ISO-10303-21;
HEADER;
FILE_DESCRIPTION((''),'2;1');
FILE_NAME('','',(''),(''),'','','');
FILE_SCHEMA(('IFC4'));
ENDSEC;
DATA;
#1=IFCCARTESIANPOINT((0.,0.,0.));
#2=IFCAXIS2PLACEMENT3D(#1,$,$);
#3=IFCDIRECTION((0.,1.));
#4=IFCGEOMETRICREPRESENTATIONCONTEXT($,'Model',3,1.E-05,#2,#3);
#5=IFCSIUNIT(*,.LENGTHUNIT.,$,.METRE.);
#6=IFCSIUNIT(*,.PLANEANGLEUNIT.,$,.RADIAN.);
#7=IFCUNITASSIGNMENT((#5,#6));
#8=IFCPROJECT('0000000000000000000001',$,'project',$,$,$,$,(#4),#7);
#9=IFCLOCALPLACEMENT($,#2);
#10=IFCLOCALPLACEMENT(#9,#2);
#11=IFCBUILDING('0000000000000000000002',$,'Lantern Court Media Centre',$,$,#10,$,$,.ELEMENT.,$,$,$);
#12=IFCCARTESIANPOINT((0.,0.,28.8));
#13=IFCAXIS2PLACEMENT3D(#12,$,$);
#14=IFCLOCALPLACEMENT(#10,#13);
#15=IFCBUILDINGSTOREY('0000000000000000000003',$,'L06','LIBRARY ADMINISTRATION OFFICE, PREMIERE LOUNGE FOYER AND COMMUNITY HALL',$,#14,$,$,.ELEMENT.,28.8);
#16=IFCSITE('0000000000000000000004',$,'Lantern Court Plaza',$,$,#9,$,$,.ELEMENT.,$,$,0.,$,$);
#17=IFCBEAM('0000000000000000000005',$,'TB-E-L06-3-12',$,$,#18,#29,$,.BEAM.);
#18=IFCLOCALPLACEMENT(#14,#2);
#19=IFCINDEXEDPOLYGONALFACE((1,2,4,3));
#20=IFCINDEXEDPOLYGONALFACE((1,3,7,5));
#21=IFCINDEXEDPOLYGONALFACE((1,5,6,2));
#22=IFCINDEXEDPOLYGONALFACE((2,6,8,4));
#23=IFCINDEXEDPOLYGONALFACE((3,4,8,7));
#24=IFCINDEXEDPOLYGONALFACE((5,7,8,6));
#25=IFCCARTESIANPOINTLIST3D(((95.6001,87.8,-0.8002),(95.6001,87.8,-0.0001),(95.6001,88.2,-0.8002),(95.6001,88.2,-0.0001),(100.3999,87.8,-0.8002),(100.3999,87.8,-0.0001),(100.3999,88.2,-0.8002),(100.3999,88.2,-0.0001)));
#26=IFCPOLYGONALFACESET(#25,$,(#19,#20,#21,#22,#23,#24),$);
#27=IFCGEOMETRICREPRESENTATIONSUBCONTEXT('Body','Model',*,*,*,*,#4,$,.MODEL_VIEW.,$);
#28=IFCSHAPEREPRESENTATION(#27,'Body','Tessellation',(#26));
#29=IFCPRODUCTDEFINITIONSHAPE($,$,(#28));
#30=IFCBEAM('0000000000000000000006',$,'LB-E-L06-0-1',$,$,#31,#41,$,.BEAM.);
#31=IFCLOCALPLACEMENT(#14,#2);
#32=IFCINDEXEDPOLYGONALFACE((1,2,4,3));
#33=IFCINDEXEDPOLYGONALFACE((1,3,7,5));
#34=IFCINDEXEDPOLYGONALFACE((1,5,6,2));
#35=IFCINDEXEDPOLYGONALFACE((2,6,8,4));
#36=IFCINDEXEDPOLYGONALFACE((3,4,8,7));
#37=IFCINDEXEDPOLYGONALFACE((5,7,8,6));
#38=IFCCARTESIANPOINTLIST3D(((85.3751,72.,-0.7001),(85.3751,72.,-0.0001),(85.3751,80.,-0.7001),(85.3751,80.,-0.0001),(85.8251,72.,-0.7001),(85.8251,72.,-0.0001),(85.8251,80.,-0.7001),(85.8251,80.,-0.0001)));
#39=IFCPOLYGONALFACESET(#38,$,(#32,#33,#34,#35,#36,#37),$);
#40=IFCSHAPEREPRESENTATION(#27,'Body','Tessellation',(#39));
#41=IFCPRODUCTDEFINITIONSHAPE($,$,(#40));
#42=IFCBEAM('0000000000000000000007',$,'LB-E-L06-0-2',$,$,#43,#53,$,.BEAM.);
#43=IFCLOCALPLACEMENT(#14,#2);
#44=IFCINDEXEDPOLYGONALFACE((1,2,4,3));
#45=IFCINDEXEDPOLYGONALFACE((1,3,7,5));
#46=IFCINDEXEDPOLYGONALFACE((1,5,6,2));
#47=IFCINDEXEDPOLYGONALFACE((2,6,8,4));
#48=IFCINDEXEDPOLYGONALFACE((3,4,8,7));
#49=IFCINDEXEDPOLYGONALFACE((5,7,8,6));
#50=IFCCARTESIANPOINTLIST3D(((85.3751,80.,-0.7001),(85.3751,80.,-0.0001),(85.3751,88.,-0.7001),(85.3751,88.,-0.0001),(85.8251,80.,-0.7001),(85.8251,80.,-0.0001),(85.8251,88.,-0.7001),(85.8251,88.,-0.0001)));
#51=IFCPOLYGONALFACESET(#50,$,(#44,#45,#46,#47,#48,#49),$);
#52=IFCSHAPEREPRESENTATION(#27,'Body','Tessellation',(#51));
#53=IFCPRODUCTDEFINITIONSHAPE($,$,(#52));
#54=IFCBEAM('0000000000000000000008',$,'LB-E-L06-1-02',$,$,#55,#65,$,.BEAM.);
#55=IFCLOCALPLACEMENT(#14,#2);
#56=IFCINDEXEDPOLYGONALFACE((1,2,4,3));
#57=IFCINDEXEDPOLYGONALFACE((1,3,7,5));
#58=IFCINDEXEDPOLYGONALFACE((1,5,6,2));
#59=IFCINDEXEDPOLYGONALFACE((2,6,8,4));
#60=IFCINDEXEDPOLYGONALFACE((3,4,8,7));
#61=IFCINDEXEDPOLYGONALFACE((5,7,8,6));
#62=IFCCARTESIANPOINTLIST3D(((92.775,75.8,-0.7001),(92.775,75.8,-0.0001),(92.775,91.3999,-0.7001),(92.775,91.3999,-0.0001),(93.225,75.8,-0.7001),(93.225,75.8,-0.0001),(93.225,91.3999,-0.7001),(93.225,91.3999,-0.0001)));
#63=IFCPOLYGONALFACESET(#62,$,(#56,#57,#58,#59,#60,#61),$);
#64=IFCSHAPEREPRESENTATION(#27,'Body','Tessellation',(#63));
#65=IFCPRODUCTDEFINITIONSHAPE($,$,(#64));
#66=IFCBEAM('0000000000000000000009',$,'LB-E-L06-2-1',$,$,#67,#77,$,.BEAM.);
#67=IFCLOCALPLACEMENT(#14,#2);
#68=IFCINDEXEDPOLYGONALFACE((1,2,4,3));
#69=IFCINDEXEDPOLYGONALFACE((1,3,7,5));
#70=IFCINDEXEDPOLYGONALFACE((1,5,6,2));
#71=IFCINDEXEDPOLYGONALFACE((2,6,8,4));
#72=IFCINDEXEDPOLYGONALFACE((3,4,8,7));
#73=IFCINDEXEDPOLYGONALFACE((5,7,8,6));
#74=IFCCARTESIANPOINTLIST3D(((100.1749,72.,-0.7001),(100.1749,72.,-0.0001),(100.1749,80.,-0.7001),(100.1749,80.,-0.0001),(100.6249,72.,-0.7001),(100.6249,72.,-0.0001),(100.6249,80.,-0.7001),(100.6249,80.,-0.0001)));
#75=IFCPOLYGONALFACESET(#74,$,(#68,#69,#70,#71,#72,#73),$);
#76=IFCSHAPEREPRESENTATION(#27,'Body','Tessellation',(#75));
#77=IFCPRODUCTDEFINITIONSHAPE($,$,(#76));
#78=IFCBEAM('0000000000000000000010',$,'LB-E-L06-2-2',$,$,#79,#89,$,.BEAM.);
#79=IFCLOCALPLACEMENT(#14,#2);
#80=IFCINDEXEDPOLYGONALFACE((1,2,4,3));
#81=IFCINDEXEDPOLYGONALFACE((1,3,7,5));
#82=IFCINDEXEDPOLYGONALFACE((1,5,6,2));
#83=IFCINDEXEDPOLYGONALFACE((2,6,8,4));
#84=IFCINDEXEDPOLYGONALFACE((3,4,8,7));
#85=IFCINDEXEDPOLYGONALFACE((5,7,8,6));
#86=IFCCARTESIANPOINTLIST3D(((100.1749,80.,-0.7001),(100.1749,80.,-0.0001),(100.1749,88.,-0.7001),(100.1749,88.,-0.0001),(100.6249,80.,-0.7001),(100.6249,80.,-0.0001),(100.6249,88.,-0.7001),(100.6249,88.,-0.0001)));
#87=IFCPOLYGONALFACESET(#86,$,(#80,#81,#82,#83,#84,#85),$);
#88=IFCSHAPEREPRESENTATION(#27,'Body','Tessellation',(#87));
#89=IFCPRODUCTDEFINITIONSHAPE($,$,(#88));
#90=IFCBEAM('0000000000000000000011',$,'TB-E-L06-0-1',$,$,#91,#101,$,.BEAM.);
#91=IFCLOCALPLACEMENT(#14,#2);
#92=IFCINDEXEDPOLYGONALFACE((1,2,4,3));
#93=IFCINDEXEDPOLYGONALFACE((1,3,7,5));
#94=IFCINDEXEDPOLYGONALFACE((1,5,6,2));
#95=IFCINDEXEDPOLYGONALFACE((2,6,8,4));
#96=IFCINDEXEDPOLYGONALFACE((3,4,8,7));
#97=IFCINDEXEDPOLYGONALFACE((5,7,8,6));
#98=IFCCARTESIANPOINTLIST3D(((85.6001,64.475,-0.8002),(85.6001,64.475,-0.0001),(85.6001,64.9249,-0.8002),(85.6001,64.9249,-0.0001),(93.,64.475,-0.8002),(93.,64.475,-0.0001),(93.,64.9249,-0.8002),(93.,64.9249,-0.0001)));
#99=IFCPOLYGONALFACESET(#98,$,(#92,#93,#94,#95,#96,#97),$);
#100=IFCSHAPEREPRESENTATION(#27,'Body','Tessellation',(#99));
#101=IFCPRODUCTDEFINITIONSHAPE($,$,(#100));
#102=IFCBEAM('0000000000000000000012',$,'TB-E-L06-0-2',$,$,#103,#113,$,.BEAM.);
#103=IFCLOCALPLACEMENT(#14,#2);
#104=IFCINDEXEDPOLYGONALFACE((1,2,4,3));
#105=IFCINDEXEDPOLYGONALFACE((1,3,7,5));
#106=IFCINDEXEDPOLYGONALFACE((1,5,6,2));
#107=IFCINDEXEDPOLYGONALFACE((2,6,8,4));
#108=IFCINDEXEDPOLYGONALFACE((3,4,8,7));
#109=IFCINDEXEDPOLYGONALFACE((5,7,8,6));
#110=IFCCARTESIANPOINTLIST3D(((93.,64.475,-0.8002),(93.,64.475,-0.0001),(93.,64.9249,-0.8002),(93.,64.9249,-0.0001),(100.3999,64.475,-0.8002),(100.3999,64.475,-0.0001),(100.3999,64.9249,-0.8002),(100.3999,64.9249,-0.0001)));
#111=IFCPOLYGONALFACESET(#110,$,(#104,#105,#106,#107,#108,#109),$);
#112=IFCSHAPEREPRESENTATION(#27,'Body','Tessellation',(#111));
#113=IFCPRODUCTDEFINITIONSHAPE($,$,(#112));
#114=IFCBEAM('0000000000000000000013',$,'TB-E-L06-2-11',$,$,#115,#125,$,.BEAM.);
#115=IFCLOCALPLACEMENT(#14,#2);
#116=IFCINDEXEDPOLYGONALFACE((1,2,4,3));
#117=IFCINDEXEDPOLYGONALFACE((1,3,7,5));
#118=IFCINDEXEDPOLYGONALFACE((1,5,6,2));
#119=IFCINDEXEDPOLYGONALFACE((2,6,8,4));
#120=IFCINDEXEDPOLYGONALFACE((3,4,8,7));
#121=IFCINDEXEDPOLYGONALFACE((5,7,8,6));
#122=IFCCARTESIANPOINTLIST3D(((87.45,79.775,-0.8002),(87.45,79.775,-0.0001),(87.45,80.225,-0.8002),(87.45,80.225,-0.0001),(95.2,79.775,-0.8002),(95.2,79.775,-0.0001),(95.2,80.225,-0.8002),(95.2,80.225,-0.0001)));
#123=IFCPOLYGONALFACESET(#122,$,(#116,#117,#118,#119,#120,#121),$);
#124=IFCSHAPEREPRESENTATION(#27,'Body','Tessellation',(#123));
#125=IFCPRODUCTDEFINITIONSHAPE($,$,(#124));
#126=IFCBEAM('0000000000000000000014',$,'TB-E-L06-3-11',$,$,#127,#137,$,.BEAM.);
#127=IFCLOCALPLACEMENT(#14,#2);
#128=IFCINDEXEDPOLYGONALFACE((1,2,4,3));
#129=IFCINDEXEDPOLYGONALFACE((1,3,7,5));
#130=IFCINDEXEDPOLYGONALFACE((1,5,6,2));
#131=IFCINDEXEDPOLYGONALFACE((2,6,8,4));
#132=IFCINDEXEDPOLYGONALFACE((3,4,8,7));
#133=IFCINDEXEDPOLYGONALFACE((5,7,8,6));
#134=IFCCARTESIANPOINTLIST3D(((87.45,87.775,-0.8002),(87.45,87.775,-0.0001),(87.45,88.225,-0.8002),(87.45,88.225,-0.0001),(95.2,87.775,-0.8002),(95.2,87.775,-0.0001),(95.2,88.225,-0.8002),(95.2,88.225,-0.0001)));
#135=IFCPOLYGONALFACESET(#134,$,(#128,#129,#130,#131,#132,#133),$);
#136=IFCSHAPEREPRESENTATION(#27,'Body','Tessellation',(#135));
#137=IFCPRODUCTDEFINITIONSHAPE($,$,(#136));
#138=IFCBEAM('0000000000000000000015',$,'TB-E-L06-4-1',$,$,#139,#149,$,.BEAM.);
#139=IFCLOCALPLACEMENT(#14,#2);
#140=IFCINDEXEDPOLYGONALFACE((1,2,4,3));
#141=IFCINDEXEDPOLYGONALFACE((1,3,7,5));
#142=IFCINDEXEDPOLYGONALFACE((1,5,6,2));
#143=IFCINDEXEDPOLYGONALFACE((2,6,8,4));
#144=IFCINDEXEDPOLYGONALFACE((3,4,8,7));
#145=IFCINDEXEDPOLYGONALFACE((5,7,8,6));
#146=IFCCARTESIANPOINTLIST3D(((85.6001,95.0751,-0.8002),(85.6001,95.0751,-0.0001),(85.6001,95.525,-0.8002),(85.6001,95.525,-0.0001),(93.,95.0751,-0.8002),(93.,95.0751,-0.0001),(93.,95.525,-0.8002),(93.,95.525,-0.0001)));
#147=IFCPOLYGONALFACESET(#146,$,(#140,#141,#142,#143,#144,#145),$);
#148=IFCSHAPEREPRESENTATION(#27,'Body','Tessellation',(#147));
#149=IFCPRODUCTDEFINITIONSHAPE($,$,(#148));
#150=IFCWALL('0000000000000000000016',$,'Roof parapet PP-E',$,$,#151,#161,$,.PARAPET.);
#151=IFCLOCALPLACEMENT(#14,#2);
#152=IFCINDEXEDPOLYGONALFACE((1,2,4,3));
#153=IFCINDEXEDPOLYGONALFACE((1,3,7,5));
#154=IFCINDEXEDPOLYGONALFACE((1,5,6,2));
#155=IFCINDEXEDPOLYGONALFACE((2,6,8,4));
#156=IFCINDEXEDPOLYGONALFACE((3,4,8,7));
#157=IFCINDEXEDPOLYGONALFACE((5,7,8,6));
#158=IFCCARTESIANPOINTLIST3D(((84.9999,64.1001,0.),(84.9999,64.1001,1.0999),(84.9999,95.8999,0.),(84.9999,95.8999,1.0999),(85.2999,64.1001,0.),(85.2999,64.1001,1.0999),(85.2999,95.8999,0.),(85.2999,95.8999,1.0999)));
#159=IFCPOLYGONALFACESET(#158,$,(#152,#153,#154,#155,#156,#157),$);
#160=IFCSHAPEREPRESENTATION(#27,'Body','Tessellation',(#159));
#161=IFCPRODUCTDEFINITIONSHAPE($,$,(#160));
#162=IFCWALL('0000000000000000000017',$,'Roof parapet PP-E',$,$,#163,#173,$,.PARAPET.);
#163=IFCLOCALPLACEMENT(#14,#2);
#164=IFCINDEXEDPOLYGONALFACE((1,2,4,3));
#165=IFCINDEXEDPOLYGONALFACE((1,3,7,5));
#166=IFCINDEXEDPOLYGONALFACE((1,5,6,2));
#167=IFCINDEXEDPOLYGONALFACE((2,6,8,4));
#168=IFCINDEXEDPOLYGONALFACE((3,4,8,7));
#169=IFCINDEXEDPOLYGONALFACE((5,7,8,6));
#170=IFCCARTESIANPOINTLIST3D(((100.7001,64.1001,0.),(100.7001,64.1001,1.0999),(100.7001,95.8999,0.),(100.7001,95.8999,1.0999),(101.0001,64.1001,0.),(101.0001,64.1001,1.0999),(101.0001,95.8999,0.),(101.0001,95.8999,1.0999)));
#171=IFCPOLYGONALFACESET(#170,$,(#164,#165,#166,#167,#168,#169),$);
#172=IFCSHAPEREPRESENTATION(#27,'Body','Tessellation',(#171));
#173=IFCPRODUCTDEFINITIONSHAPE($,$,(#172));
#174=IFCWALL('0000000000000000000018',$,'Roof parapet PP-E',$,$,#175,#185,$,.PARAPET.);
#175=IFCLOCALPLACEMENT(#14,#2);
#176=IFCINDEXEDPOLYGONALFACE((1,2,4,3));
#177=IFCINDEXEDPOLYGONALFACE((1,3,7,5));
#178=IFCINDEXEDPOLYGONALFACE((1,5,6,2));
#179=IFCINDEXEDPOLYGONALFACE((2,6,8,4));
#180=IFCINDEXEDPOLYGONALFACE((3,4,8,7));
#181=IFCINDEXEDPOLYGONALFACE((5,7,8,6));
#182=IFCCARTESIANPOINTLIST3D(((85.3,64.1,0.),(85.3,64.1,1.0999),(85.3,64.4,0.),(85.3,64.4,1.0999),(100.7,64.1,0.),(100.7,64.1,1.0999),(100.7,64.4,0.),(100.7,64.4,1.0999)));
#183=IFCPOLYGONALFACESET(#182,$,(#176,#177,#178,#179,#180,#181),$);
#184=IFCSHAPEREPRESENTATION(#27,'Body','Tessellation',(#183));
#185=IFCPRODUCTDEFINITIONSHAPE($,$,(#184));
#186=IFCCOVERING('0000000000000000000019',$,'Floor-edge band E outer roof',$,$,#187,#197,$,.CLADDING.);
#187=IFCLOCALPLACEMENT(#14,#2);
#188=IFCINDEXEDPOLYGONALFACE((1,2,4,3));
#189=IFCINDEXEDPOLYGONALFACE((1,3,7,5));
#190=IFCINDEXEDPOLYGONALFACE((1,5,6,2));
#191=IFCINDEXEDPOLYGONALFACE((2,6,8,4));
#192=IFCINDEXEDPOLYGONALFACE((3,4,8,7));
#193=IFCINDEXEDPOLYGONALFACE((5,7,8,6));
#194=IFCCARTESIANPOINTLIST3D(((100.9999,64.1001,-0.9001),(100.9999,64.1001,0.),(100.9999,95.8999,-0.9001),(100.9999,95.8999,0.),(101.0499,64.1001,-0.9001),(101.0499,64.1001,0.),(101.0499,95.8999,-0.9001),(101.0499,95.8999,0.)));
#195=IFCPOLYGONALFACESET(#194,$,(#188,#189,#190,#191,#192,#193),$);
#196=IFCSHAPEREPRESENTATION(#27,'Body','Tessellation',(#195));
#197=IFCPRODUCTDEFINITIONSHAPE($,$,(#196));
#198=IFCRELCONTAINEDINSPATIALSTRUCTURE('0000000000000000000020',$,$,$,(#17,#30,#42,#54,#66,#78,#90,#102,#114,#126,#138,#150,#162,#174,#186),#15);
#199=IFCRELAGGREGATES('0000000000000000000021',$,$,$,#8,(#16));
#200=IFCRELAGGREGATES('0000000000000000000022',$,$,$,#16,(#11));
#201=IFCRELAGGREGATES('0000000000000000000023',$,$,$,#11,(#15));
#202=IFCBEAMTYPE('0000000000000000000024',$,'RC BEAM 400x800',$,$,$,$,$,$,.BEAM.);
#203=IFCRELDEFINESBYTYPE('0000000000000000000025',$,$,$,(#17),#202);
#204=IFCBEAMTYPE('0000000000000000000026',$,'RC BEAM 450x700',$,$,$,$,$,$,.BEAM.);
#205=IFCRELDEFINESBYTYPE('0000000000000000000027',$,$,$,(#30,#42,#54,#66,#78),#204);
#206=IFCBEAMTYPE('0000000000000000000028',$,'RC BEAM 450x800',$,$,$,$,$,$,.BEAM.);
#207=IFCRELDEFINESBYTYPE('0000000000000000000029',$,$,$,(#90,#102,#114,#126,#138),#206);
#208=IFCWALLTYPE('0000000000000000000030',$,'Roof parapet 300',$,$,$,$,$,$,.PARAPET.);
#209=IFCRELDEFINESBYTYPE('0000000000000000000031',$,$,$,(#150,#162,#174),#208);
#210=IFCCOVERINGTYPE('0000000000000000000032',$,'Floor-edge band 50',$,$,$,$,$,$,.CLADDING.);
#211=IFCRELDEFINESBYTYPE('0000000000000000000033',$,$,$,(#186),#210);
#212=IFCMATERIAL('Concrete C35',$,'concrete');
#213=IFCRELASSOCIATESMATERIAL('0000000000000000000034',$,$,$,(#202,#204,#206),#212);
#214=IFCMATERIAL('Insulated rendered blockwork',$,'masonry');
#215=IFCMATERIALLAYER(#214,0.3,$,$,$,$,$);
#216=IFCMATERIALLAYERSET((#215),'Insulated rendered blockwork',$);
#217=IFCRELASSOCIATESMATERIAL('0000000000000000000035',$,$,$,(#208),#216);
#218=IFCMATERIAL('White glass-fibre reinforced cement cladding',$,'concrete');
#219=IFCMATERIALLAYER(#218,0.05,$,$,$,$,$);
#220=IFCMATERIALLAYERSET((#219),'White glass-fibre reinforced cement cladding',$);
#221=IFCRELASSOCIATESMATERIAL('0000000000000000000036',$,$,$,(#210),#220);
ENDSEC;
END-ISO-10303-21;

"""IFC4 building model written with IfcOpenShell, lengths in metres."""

from ifc_helpers import new_model, si_unit, direction, frame, frame_2d, origin, origin_2d, place, context, subcontext, project, spatial, rectangle, extrude, material, layer, layer_set, material_profile, profile_set, type_object, element, save


model = new_model("IFC4")

# Units and contexts
model_context = context("Model", 3, precision=1e-05, world=origin(), true_north=direction((0.0, 1.0)))
body_context = subcontext(model_context, "Body", "Model", "MODEL_VIEW")
ifc_project = project(units=[si_unit("LENGTHUNIT", "METRE"), si_unit("PLANEANGLEUNIT", "RADIAN")], contexts=[model_context])

# Site, building, storey
site_placement = place(None, origin())
site = spatial("IfcSite", under=ifc_project, at=site_placement, Name="Lantern Court Plaza", CompositionType="ELEMENT", RefElevation=0.0)
building_placement = place(site_placement, origin())
building = spatial("IfcBuilding", under=site, at=building_placement, Name="Lantern Court Media Centre", CompositionType="ELEMENT")
storey_placement = place(building_placement, frame((0.0, 0.0, 28.8)))
storey = spatial("IfcBuildingStorey", under=building, at=storey_placement, Name="L06", Description="LIBRARY ADMINISTRATION OFFICE, PREMIERE LOUNGE FOYER AND COMMUNITY HALL", CompositionType="ELEMENT", Elevation=28.8)

# Beams
ifc_material_1 = material(Name="Concrete C35", Category="concrete")
ifc_material_profile_1 = material_profile(ifc_material_1, rectangle(XDim=0.3999, YDim=0.8, at=origin_2d()), Name="RC 400x800")
ifc_profile_set_1 = profile_set([ifc_material_profile_1], Name="Concrete C35")
beam_type_1 = type_object("IfcBeamType", Name="RC BEAM 400x800", PredefinedType="BEAM", material=ifc_profile_set_1)
beam_1_placement = place(storey_placement, frame((95.6001, 88.0, -0.4001), z_axis=(1.0, 0.0, 0.0), x_axis=(0.0, 1.0, 0.0)))
element("IfcBeam", 1, at=beam_1_placement, inside=storey, type_object=beam_type_1, Name="TB-E-L06-3-12", PredefinedType="BEAM", context=body_context, shape_type="SweptSolid", body=[
    extrude(rectangle(XDim=0.3999, YDim=0.8, at=origin_2d()), origin(), (0.0, 0.0, 1.0), 4.7998),
])
ifc_material_profile_2 = material_profile(ifc_material_1, rectangle(XDim=0.45, YDim=0.7, at=origin_2d()), Name="RC 450x700")
ifc_profile_set_2 = profile_set([ifc_material_profile_2], Name="Concrete C35")
beam_type_2 = type_object("IfcBeamType", Name="RC BEAM 450x700", PredefinedType="BEAM", material=ifc_profile_set_2)
for number, where, z_axis, x_axis, name in (
    (2, (85.6001, 72.0, -0.3501), (0.0, 1.0, 0.0), (-1.0, 0.0, 0.0), "LB-E-L06-0-1"),
    (3, (85.6001, 80.0, -0.3501), (0.0, 1.0, 0.0), (-1.0, 0.0, 0.0), "LB-E-L06-0-2"),
):
    element("IfcBeam", number, at=place(storey_placement, frame(where, z_axis=z_axis, x_axis=x_axis)), inside=storey, type_object=beam_type_2, Name=name, PredefinedType="BEAM", context=body_context, shape_type="SweptSolid", body=[
        extrude(rectangle(XDim=0.45, YDim=0.7, at=origin_2d()), origin(), (0.0, 0.0, 1.0), 8.0),
    ])
beam_2_placement = place(storey_placement, frame((93.0, 75.8, -0.3501), z_axis=(0.0, 1.0, 0.0), x_axis=(-1.0, 0.0, 0.0)))
element("IfcBeam", 4, at=beam_2_placement, inside=storey, type_object=beam_type_2, Name="LB-E-L06-1-02", PredefinedType="BEAM", context=body_context, shape_type="SweptSolid", body=[
    extrude(rectangle(XDim=0.45, YDim=0.7, at=origin_2d()), origin(), (0.0, 0.0, 1.0), 15.5999),
])
for number, where, z_axis, x_axis, name in (
    (5, (100.3999, 72.0, -0.3501), (0.0, 1.0, 0.0), (-1.0, 0.0, 0.0), "LB-E-L06-2-1"),
    (6, (100.3999, 80.0, -0.3501), (0.0, 1.0, 0.0), (-1.0, 0.0, 0.0), "LB-E-L06-2-2"),
):
    element("IfcBeam", number, at=place(storey_placement, frame(where, z_axis=z_axis, x_axis=x_axis)), inside=storey, type_object=beam_type_2, Name=name, PredefinedType="BEAM", context=body_context, shape_type="SweptSolid", body=[
        extrude(rectangle(XDim=0.45, YDim=0.7, at=origin_2d()), origin(), (0.0, 0.0, 1.0), 8.0),
    ])
ifc_material_profile_3 = material_profile(ifc_material_1, rectangle(XDim=0.45, YDim=0.8, at=origin_2d()), Name="RC 450x800")
ifc_profile_set_3 = profile_set([ifc_material_profile_3], Name="Concrete C35")
beam_type_3 = type_object("IfcBeamType", Name="RC BEAM 450x800", PredefinedType="BEAM", material=ifc_profile_set_3)
for number, where, z_axis, x_axis, name in (
    (7, (85.6001, 64.7, -0.4001), (1.0, 0.0, 0.0), (0.0, 1.0, 0.0), "TB-E-L06-0-1"),
    (8, (93.0, 64.7, -0.4001), (1.0, 0.0, 0.0), (0.0, 1.0, 0.0), "TB-E-L06-0-2"),
):
    element("IfcBeam", number, at=place(storey_placement, frame(where, z_axis=z_axis, x_axis=x_axis)), inside=storey, type_object=beam_type_3, Name=name, PredefinedType="BEAM", context=body_context, shape_type="SweptSolid", body=[
        extrude(rectangle(XDim=0.45, YDim=0.8, at=origin_2d()), origin(), (0.0, 0.0, 1.0), 7.3999),
    ])
for number, where, z_axis, x_axis, name in (
    (9, (87.45, 80.0, -0.4001), (1.0, 0.0, 0.0), (0.0, 1.0, 0.0), "TB-E-L06-2-11"),
    (10, (87.45, 88.0, -0.4001), (1.0, 0.0, 0.0), (0.0, 1.0, 0.0), "TB-E-L06-3-11"),
):
    element("IfcBeam", number, at=place(storey_placement, frame(where, z_axis=z_axis, x_axis=x_axis)), inside=storey, type_object=beam_type_3, Name=name, PredefinedType="BEAM", context=body_context, shape_type="SweptSolid", body=[
        extrude(rectangle(XDim=0.45, YDim=0.8, at=origin_2d()), origin(), (0.0, 0.0, 1.0), 7.75),
    ])
beam_3_placement = place(storey_placement, frame((85.6001, 95.3, -0.4001), z_axis=(1.0, 0.0, 0.0), x_axis=(0.0, 1.0, 0.0)))
element("IfcBeam", 11, at=beam_3_placement, inside=storey, type_object=beam_type_3, Name="TB-E-L06-4-1", PredefinedType="BEAM", context=body_context, shape_type="SweptSolid", body=[
    extrude(rectangle(XDim=0.45, YDim=0.8, at=origin_2d()), origin(), (0.0, 0.0, 1.0), 7.3999),
])

# Walls
ifc_material_2 = material(Name="Insulated rendered blockwork", Category="masonry")
ifc_layer_1 = layer(ifc_material_2, 0.3)
ifc_layer_set_1 = layer_set([ifc_layer_1], Name="Insulated rendered blockwork")
wall_type = type_object("IfcWallType", Name="Roof parapet 300", PredefinedType="PARAPET", material=ifc_layer_set_1)
for number, where, z_axis, x_axis, name in (
    (12, (85.1499, 64.1001, 0.0), (0.0, 0.0, 1.0), (0.0, 1.0, 0.0), "Roof parapet PP-E"),
    (13, (100.8501, 64.1001, 0.0), (0.0, 0.0, 1.0), (0.0, 1.0, 0.0), "Roof parapet PP-E"),
):
    element("IfcWall", number, at=place(storey_placement, frame(where, z_axis=z_axis, x_axis=x_axis)), inside=storey, type_object=wall_type, Name=name, PredefinedType="PARAPET", context=body_context, shape_type="SweptSolid", body=[
        extrude(rectangle(XDim=31.7998, YDim=0.3, at=frame_2d((15.8999, 0.0))), origin(), (0.0, 0.0, 1.0), 1.0999),
    ])
wall_placement = place(storey_placement, frame((85.3, 64.25, 0.0), z_axis=(0.0, 0.0, 1.0), x_axis=(1.0, 0.0, 0.0)))
element("IfcWall", 14, at=wall_placement, inside=storey, type_object=wall_type, Name="Roof parapet PP-E", PredefinedType="PARAPET", context=body_context, shape_type="SweptSolid", body=[
    extrude(rectangle(XDim=15.3999, YDim=0.3, at=frame_2d((7.7, 0.0))), origin(), (0.0, 0.0, 1.0), 1.0999),
])

# Covering
ifc_material_3 = material(Name="White glass-fibre reinforced cement cladding", Category="concrete")
ifc_layer_2 = layer(ifc_material_3, 0.05)
ifc_layer_set_2 = layer_set([ifc_layer_2], Name="White glass-fibre reinforced cement cladding")
covering_type_1 = type_object("IfcCoveringType", Name="Floor-edge band 50", PredefinedType="CLADDING", material=ifc_layer_set_2)
for number, where, z_axis, x_axis, name in (
    (15, (101.0249, 64.1001, -0.9001), (0.0, 0.0, 1.0), (0.0, 1.0, 0.0), "Floor-edge band E outer roof"),
):
    element("IfcCovering", number, at=place(storey_placement, frame(where, z_axis=z_axis, x_axis=x_axis)), inside=storey, type_object=covering_type_1, Name=name, PredefinedType="CLADDING", context=body_context, shape_type="SweptSolid", body=[
        extrude(rectangle(XDim=31.7998, YDim=0.05, at=frame_2d((15.8999, 0.0))), origin(), (0.0, 0.0, 1.0), 0.9001),
    ])

save(model, "model.ifc")
